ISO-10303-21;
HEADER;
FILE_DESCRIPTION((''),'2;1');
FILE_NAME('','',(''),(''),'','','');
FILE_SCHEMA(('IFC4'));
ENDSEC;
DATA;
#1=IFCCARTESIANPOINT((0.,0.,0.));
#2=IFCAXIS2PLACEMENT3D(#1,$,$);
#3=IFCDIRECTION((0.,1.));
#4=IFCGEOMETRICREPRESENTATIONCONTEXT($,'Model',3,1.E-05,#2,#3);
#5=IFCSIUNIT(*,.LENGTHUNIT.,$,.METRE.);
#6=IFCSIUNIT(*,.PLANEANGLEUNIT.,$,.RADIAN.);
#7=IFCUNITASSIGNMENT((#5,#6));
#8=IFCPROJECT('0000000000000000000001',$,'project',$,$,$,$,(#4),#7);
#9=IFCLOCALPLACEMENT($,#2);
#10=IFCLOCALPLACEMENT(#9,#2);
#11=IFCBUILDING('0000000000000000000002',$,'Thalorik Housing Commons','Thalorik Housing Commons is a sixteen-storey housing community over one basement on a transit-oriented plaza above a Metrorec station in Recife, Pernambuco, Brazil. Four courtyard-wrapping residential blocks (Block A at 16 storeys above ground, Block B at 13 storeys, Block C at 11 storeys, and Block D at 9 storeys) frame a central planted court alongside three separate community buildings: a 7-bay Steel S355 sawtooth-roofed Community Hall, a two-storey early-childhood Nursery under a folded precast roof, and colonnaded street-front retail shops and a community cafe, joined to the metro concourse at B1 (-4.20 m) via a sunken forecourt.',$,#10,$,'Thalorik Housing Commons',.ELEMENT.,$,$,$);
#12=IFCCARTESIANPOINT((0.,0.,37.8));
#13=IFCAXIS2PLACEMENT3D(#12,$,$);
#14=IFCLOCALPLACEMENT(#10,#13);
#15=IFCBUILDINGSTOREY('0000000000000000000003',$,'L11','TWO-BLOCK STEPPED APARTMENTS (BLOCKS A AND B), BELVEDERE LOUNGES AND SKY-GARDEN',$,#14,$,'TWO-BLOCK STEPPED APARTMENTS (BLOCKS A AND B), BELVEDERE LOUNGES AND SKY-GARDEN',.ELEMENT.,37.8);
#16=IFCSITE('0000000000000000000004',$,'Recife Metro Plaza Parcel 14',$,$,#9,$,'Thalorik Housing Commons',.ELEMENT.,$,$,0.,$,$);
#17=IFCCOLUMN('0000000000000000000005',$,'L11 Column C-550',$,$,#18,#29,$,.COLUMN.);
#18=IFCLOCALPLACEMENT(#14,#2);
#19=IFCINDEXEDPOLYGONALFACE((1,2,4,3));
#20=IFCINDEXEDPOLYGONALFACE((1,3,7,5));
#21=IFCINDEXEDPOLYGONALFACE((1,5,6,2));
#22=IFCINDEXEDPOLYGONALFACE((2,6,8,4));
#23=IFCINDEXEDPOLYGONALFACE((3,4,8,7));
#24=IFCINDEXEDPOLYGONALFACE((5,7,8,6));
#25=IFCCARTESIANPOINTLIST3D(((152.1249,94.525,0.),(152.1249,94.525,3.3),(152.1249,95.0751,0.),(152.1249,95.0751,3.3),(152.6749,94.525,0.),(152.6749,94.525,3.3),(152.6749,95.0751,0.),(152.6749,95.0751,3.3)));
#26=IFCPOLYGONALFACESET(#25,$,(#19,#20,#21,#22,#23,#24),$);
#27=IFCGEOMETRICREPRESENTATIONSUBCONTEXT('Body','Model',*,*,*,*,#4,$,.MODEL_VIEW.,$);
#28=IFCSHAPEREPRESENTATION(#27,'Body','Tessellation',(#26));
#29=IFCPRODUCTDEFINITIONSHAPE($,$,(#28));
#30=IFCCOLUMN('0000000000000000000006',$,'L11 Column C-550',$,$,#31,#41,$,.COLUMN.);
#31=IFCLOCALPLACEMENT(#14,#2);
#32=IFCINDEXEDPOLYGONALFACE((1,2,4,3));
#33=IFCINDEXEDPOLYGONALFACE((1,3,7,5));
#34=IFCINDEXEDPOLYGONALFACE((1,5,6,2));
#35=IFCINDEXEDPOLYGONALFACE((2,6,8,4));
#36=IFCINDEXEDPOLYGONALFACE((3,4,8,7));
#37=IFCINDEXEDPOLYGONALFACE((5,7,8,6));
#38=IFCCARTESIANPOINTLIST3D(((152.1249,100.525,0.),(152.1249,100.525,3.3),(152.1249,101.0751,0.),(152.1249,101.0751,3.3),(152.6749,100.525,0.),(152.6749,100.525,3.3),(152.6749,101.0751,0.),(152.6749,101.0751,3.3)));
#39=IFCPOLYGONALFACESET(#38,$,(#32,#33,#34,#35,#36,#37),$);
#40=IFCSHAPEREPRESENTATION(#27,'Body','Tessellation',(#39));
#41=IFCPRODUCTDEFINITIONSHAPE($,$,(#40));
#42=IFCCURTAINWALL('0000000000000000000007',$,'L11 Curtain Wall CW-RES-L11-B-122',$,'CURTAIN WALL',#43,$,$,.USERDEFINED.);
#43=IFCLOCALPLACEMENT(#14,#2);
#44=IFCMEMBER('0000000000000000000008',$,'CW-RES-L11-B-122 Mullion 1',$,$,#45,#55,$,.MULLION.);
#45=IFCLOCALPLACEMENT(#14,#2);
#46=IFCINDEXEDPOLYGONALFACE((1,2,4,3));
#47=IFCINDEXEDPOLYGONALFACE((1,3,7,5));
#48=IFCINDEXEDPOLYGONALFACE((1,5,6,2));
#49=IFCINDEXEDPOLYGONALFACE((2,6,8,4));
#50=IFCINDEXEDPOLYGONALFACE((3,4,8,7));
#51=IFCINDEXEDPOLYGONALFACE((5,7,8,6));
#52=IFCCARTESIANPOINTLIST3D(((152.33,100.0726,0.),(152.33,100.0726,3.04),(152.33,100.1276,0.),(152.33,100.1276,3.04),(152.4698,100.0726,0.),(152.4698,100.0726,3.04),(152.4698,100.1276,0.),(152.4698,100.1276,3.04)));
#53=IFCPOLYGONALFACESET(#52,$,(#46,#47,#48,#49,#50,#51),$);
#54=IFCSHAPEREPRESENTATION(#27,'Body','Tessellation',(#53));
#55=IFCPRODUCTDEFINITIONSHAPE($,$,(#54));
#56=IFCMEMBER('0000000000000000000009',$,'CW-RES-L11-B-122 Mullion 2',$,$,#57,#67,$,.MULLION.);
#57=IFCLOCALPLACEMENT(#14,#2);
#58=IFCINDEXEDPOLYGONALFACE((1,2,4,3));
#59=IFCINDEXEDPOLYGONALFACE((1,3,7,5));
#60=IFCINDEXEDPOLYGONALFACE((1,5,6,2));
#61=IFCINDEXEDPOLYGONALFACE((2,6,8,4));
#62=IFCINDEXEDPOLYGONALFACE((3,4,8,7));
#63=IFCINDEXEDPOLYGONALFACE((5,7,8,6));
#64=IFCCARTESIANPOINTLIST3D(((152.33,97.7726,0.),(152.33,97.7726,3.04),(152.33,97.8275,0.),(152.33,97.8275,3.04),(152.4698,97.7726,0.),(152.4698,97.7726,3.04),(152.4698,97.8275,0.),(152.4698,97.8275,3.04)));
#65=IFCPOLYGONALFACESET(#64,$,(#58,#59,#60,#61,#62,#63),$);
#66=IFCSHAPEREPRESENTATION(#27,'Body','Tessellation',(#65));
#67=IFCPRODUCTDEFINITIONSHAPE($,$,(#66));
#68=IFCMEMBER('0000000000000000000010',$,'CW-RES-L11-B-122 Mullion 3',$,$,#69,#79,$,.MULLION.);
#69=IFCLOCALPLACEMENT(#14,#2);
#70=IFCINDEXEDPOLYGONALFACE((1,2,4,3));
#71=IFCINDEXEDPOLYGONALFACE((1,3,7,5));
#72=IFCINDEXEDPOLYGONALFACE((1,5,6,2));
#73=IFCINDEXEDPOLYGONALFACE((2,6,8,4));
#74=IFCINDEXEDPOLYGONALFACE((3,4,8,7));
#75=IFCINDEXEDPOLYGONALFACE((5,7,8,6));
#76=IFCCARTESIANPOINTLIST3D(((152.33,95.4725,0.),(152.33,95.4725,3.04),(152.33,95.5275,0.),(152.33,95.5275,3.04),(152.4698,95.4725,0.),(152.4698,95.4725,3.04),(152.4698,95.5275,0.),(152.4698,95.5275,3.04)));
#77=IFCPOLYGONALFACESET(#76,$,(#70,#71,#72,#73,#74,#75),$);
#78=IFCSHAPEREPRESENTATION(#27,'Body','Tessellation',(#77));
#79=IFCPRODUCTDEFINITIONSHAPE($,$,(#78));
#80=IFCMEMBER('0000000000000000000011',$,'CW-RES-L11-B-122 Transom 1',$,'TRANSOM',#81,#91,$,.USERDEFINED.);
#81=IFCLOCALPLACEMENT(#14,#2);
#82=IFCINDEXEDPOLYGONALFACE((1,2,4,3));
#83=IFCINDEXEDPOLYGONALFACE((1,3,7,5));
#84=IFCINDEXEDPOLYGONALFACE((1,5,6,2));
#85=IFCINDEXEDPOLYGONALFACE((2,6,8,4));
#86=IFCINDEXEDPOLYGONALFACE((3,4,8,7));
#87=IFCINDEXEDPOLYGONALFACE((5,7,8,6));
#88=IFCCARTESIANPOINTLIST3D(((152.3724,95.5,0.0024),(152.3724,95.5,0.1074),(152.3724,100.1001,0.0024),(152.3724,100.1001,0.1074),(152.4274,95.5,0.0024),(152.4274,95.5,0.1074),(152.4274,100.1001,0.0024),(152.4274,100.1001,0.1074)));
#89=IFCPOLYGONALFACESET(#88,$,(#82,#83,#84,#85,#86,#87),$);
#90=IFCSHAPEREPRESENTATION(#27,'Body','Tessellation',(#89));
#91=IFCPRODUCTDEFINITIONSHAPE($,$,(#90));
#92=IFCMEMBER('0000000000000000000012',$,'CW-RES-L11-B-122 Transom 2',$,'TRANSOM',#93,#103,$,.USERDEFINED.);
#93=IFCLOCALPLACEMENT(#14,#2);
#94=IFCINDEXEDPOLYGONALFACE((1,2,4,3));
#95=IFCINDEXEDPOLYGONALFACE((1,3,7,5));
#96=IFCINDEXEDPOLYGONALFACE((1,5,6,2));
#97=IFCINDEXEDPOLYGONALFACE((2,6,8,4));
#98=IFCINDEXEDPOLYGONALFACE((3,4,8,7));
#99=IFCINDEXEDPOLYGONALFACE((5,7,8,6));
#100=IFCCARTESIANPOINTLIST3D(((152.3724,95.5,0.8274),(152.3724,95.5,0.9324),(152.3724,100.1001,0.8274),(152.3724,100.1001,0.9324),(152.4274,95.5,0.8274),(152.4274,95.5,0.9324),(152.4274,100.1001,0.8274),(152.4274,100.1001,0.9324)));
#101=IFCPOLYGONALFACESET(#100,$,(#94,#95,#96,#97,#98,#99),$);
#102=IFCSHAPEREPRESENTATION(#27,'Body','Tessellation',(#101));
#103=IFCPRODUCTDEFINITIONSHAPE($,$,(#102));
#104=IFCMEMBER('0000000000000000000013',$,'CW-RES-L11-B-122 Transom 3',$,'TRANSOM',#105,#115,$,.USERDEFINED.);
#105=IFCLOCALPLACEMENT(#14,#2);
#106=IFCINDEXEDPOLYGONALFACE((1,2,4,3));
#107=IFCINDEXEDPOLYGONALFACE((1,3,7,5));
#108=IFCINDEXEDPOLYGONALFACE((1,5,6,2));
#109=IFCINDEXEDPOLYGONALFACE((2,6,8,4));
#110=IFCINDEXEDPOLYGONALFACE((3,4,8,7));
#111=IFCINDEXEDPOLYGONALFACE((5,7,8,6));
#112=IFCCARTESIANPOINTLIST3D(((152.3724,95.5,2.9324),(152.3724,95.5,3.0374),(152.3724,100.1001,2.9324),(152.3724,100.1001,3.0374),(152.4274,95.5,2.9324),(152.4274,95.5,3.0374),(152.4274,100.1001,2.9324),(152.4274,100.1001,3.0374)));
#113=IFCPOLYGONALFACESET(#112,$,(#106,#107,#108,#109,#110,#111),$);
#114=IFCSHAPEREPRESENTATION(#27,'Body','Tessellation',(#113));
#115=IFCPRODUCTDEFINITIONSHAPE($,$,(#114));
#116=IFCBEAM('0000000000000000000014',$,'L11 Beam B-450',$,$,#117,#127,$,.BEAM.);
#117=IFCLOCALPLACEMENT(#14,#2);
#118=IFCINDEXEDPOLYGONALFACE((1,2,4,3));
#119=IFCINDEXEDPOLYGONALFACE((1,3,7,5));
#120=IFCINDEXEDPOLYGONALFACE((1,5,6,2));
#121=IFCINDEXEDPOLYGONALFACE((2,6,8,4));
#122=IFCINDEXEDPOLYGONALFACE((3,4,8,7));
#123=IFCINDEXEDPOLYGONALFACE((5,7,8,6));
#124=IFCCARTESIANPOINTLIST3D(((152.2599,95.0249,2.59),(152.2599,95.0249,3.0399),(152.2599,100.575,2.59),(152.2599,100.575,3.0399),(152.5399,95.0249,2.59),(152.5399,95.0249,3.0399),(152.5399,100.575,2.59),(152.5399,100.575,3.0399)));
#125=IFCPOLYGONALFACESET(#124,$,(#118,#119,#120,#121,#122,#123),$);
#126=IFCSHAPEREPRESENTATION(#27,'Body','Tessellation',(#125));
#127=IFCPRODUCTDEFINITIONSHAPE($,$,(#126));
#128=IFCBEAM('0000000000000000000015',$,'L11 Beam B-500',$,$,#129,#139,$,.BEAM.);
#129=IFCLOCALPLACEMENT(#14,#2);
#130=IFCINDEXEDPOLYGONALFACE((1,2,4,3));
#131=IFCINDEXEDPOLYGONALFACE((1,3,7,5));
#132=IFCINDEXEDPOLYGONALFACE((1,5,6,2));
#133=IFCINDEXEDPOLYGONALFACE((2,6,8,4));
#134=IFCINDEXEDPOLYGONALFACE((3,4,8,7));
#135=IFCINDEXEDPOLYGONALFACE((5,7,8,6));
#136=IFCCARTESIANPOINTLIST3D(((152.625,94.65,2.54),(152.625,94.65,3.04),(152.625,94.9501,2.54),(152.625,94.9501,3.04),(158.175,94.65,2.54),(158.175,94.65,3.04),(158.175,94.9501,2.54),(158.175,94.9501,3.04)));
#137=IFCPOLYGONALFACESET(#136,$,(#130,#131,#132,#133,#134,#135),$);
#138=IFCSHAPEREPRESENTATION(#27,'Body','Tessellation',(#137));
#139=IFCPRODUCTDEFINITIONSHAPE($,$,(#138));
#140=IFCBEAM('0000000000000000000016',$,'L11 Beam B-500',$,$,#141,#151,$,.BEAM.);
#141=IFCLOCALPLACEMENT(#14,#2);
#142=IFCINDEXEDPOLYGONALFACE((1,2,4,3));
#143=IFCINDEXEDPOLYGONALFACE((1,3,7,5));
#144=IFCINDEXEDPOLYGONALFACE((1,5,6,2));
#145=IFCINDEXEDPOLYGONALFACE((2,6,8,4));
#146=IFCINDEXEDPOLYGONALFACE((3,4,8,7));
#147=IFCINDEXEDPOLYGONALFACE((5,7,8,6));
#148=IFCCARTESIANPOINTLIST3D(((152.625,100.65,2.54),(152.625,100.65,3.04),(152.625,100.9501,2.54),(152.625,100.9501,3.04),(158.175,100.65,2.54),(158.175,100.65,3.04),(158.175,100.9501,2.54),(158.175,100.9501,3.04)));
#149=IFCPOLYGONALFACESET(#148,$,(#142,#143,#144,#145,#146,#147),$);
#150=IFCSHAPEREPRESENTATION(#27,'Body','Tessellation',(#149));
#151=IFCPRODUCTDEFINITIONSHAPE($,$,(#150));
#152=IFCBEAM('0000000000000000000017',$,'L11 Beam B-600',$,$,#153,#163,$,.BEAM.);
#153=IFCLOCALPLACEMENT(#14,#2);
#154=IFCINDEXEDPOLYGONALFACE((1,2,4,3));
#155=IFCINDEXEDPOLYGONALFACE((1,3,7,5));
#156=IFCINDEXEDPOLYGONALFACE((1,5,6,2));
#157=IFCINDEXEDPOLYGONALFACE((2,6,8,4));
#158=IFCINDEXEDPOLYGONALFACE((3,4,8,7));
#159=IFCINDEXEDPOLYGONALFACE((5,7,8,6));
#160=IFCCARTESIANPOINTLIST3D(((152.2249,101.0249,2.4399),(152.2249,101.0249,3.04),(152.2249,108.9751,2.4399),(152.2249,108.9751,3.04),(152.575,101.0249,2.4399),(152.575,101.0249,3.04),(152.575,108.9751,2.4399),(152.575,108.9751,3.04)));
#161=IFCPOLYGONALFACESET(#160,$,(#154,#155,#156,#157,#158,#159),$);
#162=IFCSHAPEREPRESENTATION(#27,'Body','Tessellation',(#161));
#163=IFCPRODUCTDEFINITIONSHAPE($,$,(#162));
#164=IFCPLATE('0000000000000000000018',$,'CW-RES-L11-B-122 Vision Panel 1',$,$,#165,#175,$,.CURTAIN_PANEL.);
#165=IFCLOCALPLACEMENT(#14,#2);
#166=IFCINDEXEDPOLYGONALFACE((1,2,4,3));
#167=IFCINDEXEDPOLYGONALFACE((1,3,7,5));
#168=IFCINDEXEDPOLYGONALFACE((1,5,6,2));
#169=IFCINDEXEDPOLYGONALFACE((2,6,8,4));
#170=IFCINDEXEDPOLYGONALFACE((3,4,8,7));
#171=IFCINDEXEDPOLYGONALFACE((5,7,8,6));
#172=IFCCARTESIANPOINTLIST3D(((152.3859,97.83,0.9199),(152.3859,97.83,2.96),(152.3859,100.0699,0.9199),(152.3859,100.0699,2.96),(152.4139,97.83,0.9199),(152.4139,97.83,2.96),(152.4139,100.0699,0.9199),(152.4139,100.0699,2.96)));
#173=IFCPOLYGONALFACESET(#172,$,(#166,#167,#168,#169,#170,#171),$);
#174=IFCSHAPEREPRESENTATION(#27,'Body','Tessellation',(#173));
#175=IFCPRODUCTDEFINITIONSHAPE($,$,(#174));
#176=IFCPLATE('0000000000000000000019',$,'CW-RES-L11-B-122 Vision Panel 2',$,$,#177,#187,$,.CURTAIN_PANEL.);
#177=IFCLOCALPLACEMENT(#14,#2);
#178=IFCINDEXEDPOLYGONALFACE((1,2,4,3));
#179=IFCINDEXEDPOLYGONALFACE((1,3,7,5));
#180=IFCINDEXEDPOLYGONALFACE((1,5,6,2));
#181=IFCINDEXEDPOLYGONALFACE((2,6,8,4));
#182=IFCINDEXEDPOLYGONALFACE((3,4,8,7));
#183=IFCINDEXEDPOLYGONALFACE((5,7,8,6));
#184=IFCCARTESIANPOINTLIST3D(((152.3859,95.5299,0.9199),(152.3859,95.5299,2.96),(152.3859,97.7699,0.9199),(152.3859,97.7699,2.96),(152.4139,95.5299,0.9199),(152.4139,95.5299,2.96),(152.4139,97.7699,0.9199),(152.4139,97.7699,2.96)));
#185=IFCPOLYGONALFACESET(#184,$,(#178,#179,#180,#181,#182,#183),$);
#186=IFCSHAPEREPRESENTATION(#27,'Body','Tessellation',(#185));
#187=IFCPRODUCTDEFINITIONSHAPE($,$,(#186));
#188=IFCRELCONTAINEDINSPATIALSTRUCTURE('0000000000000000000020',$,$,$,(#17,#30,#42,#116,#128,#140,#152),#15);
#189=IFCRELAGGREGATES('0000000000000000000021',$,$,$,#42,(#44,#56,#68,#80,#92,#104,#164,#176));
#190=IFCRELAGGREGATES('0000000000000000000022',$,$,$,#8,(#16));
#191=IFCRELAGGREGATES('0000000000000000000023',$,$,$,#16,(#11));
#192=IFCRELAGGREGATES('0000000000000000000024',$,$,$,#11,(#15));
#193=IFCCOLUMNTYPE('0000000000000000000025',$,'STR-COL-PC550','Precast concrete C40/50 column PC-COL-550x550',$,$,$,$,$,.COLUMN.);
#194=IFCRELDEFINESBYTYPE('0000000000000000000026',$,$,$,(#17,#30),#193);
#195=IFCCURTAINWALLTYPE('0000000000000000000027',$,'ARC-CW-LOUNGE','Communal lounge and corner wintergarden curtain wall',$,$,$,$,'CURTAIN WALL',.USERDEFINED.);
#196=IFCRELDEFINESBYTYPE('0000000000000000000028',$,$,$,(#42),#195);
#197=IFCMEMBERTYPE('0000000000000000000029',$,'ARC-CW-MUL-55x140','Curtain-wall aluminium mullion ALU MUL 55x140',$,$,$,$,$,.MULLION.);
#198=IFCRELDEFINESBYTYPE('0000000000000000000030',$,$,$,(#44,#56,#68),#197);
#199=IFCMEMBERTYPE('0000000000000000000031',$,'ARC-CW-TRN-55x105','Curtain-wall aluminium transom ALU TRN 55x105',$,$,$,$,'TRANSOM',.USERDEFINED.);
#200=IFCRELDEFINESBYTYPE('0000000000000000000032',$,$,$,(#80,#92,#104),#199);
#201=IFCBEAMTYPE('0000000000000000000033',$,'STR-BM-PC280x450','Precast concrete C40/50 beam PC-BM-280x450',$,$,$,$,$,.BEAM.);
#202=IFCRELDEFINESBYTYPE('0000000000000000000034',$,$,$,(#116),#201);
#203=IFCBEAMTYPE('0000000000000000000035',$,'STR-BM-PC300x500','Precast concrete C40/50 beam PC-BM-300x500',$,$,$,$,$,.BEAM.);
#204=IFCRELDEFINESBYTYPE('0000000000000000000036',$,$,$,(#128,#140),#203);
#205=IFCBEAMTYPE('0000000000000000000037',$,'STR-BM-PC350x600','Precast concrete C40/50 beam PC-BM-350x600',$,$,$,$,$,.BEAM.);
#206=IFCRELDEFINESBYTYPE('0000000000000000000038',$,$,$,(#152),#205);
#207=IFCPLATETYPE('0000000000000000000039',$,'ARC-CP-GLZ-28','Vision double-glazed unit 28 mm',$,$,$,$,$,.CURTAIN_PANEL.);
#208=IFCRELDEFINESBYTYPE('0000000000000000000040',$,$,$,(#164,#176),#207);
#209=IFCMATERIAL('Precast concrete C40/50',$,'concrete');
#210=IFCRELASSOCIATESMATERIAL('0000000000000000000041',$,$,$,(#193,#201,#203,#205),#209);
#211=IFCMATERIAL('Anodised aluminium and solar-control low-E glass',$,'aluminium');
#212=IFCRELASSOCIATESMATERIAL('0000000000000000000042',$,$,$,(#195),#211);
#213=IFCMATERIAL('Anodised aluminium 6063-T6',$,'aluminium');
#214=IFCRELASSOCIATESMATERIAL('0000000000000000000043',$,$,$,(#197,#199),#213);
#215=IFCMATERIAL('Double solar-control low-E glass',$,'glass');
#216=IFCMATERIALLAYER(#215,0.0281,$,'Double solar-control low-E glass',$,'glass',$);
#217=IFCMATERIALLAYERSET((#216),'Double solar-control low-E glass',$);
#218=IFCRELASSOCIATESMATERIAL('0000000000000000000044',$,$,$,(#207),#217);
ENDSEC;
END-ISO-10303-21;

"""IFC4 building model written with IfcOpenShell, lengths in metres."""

from ifc_helpers import new_model, si_unit, direction, frame, origin, origin_2d, place, context, subcontext, project, spatial, rectangle, extrude, material, layer, layer_set, material_profile, profile_set, type_object, element, aggregate, save


model = new_model("IFC4")

# Units and contexts
model_context = context("Model", 3, precision=1e-05, world=origin(), true_north=direction((0.0, 1.0)))
body_context = subcontext(model_context, "Body", "Model", "MODEL_VIEW")
ifc_project = project(units=[si_unit("LENGTHUNIT", "METRE"), si_unit("PLANEANGLEUNIT", "RADIAN")], contexts=[model_context])

# Site, building, storey
site_placement = place(None, origin())
site = spatial("IfcSite", under=ifc_project, at=site_placement, Name="Recife Metro Plaza Parcel 14", LongName="Thalorik Housing Commons", CompositionType="ELEMENT", RefElevation=0.0)
building_placement = place(site_placement, origin())
building = spatial("IfcBuilding", under=site, at=building_placement, Name="Thalorik Housing Commons", Description="Thalorik Housing Commons is a sixteen-storey housing community over one basement on a transit-oriented plaza above a Metrorec station in Recife, Pernambuco, Brazil. Four courtyard-wrapping residential blocks (Block A at 16 storeys above ground, Block B at 13 storeys, Block C at 11 storeys, and Block D at 9 storeys) frame a central planted court alongside three separate community buildings: a 7-bay Steel S355 sawtooth-roofed Community Hall, a two-storey early-childhood Nursery under a folded precast roof, and colonnaded street-front retail shops and a community cafe, joined to the metro concourse at B1 (-4.20 m) via a sunken forecourt.", LongName="Thalorik Housing Commons", CompositionType="ELEMENT")
storey_placement = place(building_placement, frame((0.0, 0.0, 37.8)))
storey = spatial("IfcBuildingStorey", under=building, at=storey_placement, Name="L11", Description="TWO-BLOCK STEPPED APARTMENTS (BLOCKS A AND B), BELVEDERE LOUNGES AND SKY-GARDEN", LongName="TWO-BLOCK STEPPED APARTMENTS (BLOCKS A AND B), BELVEDERE LOUNGES AND SKY-GARDEN", CompositionType="ELEMENT", Elevation=37.8)

# Columns
ifc_material_1 = material(Name="Precast concrete C40/50", Category="concrete")
ifc_material_profile_1 = material_profile(ifc_material_1, rectangle(XDim=0.55, YDim=0.55, at=origin_2d()), Name="PC 550x550", Category="concrete")
ifc_profile_set_1 = profile_set([ifc_material_profile_1], Name="Precast concrete C40/50")
column_type = type_object("IfcColumnType", Name="STR-COL-PC550", Description="Precast concrete C40/50 column PC-COL-550x550", PredefinedType="COLUMN", material=ifc_profile_set_1)
for number, where, z_axis, x_axis, name in (
    (1, (152.3999, 94.8, 0.0), (0.0, 0.0, 1.0), (1.0, 0.0, 0.0), "L11 Column C-550"),
    (2, (152.3999, 100.8, 0.0), (0.0, 0.0, 1.0), (1.0, 0.0, 0.0), "L11 Column C-550"),
):
    element("IfcColumn", number, at=place(storey_placement, frame(where, z_axis=z_axis, x_axis=x_axis)), inside=storey, type_object=column_type, Name=name, PredefinedType="COLUMN", context=body_context, shape_type="SweptSolid", body=[
        extrude(rectangle(XDim=0.55, YDim=0.55, at=origin_2d()), origin(), (0.0, 0.0, 1.0), 3.3),
    ])

# Curtain wall, members
ifc_material_2 = material(Name="Anodised aluminium and solar-control low-E glass", Category="aluminium")
curtain_wall_type = type_object("IfcCurtainWallType", Name="ARC-CW-LOUNGE", Description="Communal lounge and corner wintergarden curtain wall", ElementType="CURTAIN WALL", PredefinedType="USERDEFINED", material=ifc_material_2)
curtain_wall_placement = place(storey_placement, origin())
curtain_wall = element("IfcCurtainWall", 3, at=curtain_wall_placement, inside=storey, type_object=curtain_wall_type, Name="L11 Curtain Wall CW-RES-L11-B-122", ObjectType="CURTAIN WALL", PredefinedType="USERDEFINED")
ifc_material_3 = material(Name="Anodised aluminium 6063-T6", Category="aluminium")
ifc_material_profile_2 = material_profile(ifc_material_3, rectangle(XDim=0.0549, YDim=0.1399, at=origin_2d()), Name="ALU MUL 55x140", Category="aluminium")
ifc_profile_set_2 = profile_set([ifc_material_profile_2], Name="Anodised aluminium 6063-T6")
member_type_1 = type_object("IfcMemberType", Name="ARC-CW-MUL-55x140", Description="Curtain-wall aluminium mullion ALU MUL 55x140", PredefinedType="MULLION", material=ifc_profile_set_2)
member_1_placement = place(storey_placement, frame((152.3999, 100.1001, 0.0), z_axis=(0.0, 0.0, 1.0), x_axis=(0.0, -1.0, 0.0)))
member_1 = element("IfcMember", 4, at=member_1_placement, type_object=member_type_1, Name="CW-RES-L11-B-122 Mullion 1", PredefinedType="MULLION", context=body_context, shape_type="SweptSolid", body=[
    extrude(rectangle(XDim=0.0549, YDim=0.1399, at=origin_2d()), origin(), (0.0, 0.0, 1.0), 3.04),
])
member_2_placement = place(storey_placement, frame((152.3999, 97.8, 0.0), z_axis=(0.0, 0.0, 1.0), x_axis=(0.0, -1.0, 0.0)))
member_2 = element("IfcMember", 5, at=member_2_placement, type_object=member_type_1, Name="CW-RES-L11-B-122 Mullion 2", PredefinedType="MULLION", context=body_context, shape_type="SweptSolid", body=[
    extrude(rectangle(XDim=0.0549, YDim=0.1399, at=origin_2d()), origin(), (0.0, 0.0, 1.0), 3.04),
])
member_3_placement = place(storey_placement, frame((152.3999, 95.5, 0.0), z_axis=(0.0, 0.0, 1.0), x_axis=(0.0, -1.0, 0.0)))
member_3 = element("IfcMember", 6, at=member_3_placement, type_object=member_type_1, Name="CW-RES-L11-B-122 Mullion 3", PredefinedType="MULLION", context=body_context, shape_type="SweptSolid", body=[
    extrude(rectangle(XDim=0.0549, YDim=0.1399, at=origin_2d()), origin(), (0.0, 0.0, 1.0), 3.04),
])
ifc_material_profile_3 = material_profile(ifc_material_3, rectangle(XDim=0.0549, YDim=0.105, at=origin_2d()), Name="ALU TRN 55x105", Category="aluminium")
ifc_profile_set_3 = profile_set([ifc_material_profile_3], Name="Anodised aluminium 6063-T6")
member_type_2 = type_object("IfcMemberType", Name="ARC-CW-TRN-55x105", Description="Curtain-wall aluminium transom ALU TRN 55x105", ElementType="TRANSOM", PredefinedType="USERDEFINED", material=ifc_profile_set_3)
member_4_placement = place(storey_placement, frame((152.3999, 100.1001, 0.0549), z_axis=(0.0, -1.0, 0.0), x_axis=(1.0, 0.0, 0.0)))
member_4 = element("IfcMember", 7, at=member_4_placement, type_object=member_type_2, Name="CW-RES-L11-B-122 Transom 1", ObjectType="TRANSOM", PredefinedType="USERDEFINED", context=body_context, shape_type="SweptSolid", body=[
    extrude(rectangle(XDim=0.0549, YDim=0.105, at=origin_2d()), origin(), (0.0, 0.0, 1.0), 4.6001),
])
member_5_placement = place(storey_placement, frame((152.3999, 100.1001, 0.8799), z_axis=(0.0, -1.0, 0.0), x_axis=(1.0, 0.0, 0.0)))
member_5 = element("IfcMember", 8, at=member_5_placement, type_object=member_type_2, Name="CW-RES-L11-B-122 Transom 2", ObjectType="TRANSOM", PredefinedType="USERDEFINED", context=body_context, shape_type="SweptSolid", body=[
    extrude(rectangle(XDim=0.0549, YDim=0.105, at=origin_2d()), origin(), (0.0, 0.0, 1.0), 4.6001),
])
member_6_placement = place(storey_placement, frame((152.3999, 100.1001, 2.9849), z_axis=(0.0, -1.0, 0.0), x_axis=(1.0, 0.0, 0.0)))
member_6 = element("IfcMember", 9, at=member_6_placement, type_object=member_type_2, Name="CW-RES-L11-B-122 Transom 3", ObjectType="TRANSOM", PredefinedType="USERDEFINED", context=body_context, shape_type="SweptSolid", body=[
    extrude(rectangle(XDim=0.0549, YDim=0.105, at=origin_2d()), origin(), (0.0, 0.0, 1.0), 4.6001),
])

# Beams
ifc_material_profile_4 = material_profile(ifc_material_1, rectangle(XDim=0.28, YDim=0.45, at=origin_2d()), Name="PC 280x450", Category="concrete")
ifc_profile_set_4 = profile_set([ifc_material_profile_4], Name="Precast concrete C40/50")
beam_type_1 = type_object("IfcBeamType", Name="STR-BM-PC280x450", Description="Precast concrete C40/50 beam PC-BM-280x450", PredefinedType="BEAM", material=ifc_profile_set_4)
beam_1_placement = place(storey_placement, frame((152.3999, 95.0249, 2.8149), z_axis=(0.0, 1.0, 0.0), x_axis=(-1.0, 0.0, 0.0)))
element("IfcBeam", 10, at=beam_1_placement, inside=storey, type_object=beam_type_1, Name="L11 Beam B-450", PredefinedType="BEAM", context=body_context, shape_type="SweptSolid", body=[
    extrude(rectangle(XDim=0.28, YDim=0.45, at=origin_2d()), origin(), (0.0, 0.0, 1.0), 5.55),
])
ifc_material_profile_5 = material_profile(ifc_material_1, rectangle(XDim=0.3, YDim=0.5, at=origin_2d()), Name="PC 300x500", Category="concrete")
ifc_profile_set_5 = profile_set([ifc_material_profile_5], Name="Precast concrete C40/50")
beam_type_2 = type_object("IfcBeamType", Name="STR-BM-PC300x500", Description="Precast concrete C40/50 beam PC-BM-300x500", PredefinedType="BEAM", material=ifc_profile_set_5)
for number, where, z_axis, x_axis, name in (
    (11, (152.625, 94.8, 2.79), (1.0, 0.0, 0.0), (0.0, 1.0, 0.0), "L11 Beam B-500"),
    (12, (152.625, 100.8, 2.79), (1.0, 0.0, 0.0), (0.0, 1.0, 0.0), "L11 Beam B-500"),
):
    element("IfcBeam", number, at=place(storey_placement, frame(where, z_axis=z_axis, x_axis=x_axis)), inside=storey, type_object=beam_type_2, Name=name, PredefinedType="BEAM", context=body_context, shape_type="SweptSolid", body=[
        extrude(rectangle(XDim=0.3, YDim=0.5, at=origin_2d()), origin(), (0.0, 0.0, 1.0), 5.55),
    ])
ifc_material_profile_6 = material_profile(ifc_material_1, rectangle(XDim=0.3501, YDim=0.6001, at=origin_2d()), Name="PC 350x600", Category="concrete")
ifc_profile_set_6 = profile_set([ifc_material_profile_6], Name="Precast concrete C40/50")
beam_type_3 = type_object("IfcBeamType", Name="STR-BM-PC350x600", Description="Precast concrete C40/50 beam PC-BM-350x600", PredefinedType="BEAM", material=ifc_profile_set_6)
beam_2_placement = place(storey_placement, frame((152.3999, 101.0249, 2.74), z_axis=(0.0, 1.0, 0.0), x_axis=(-1.0, 0.0, 0.0)))
element("IfcBeam", 13, at=beam_2_placement, inside=storey, type_object=beam_type_3, Name="L11 Beam B-600", PredefinedType="BEAM", context=body_context, shape_type="SweptSolid", body=[
    extrude(rectangle(XDim=0.3501, YDim=0.6001, at=origin_2d()), origin(), (0.0, 0.0, 1.0), 7.9502),
])

# Plates
ifc_material_4 = material(Name="Double solar-control low-E glass", Category="glass")
ifc_layer_1 = layer(ifc_material_4, 0.0281, Name="Double solar-control low-E glass", Category="glass")
ifc_layer_set_1 = layer_set([ifc_layer_1], Name="Double solar-control low-E glass")
plate_type_1 = type_object("IfcPlateType", Name="ARC-CP-GLZ-28", Description="Vision double-glazed unit 28 mm", PredefinedType="CURTAIN_PANEL", material=ifc_layer_set_1)
plate_1_placement = place(storey_placement, frame((152.3999, 98.95, 0.9199), z_axis=(0.0, 0.0, 1.0), x_axis=(0.0, -1.0, 0.0)))
plate_1 = element("IfcPlate", 14, at=plate_1_placement, type_object=plate_type_1, Name="CW-RES-L11-B-122 Vision Panel 1", PredefinedType="CURTAIN_PANEL", context=body_context, shape_type="SweptSolid", body=[
    extrude(rectangle(XDim=2.24, YDim=0.0281, at=origin_2d()), origin(), (0.0, 0.0, 1.0), 2.04),
])
plate_2_placement = place(storey_placement, frame((152.3999, 96.6499, 0.9199), z_axis=(0.0, 0.0, 1.0), x_axis=(0.0, -1.0, 0.0)))
plate_2 = element("IfcPlate", 15, at=plate_2_placement, type_object=plate_type_1, Name="CW-RES-L11-B-122 Vision Panel 2", PredefinedType="CURTAIN_PANEL", context=body_context, shape_type="SweptSolid", body=[
    extrude(rectangle(XDim=2.24, YDim=0.0281, at=origin_2d()), origin(), (0.0, 0.0, 1.0), 2.04),
])
aggregate(curtain_wall, [member_1, member_2, member_3, member_4, member_5, member_6, plate_1, plate_2])

save(model, "model.ifc")
